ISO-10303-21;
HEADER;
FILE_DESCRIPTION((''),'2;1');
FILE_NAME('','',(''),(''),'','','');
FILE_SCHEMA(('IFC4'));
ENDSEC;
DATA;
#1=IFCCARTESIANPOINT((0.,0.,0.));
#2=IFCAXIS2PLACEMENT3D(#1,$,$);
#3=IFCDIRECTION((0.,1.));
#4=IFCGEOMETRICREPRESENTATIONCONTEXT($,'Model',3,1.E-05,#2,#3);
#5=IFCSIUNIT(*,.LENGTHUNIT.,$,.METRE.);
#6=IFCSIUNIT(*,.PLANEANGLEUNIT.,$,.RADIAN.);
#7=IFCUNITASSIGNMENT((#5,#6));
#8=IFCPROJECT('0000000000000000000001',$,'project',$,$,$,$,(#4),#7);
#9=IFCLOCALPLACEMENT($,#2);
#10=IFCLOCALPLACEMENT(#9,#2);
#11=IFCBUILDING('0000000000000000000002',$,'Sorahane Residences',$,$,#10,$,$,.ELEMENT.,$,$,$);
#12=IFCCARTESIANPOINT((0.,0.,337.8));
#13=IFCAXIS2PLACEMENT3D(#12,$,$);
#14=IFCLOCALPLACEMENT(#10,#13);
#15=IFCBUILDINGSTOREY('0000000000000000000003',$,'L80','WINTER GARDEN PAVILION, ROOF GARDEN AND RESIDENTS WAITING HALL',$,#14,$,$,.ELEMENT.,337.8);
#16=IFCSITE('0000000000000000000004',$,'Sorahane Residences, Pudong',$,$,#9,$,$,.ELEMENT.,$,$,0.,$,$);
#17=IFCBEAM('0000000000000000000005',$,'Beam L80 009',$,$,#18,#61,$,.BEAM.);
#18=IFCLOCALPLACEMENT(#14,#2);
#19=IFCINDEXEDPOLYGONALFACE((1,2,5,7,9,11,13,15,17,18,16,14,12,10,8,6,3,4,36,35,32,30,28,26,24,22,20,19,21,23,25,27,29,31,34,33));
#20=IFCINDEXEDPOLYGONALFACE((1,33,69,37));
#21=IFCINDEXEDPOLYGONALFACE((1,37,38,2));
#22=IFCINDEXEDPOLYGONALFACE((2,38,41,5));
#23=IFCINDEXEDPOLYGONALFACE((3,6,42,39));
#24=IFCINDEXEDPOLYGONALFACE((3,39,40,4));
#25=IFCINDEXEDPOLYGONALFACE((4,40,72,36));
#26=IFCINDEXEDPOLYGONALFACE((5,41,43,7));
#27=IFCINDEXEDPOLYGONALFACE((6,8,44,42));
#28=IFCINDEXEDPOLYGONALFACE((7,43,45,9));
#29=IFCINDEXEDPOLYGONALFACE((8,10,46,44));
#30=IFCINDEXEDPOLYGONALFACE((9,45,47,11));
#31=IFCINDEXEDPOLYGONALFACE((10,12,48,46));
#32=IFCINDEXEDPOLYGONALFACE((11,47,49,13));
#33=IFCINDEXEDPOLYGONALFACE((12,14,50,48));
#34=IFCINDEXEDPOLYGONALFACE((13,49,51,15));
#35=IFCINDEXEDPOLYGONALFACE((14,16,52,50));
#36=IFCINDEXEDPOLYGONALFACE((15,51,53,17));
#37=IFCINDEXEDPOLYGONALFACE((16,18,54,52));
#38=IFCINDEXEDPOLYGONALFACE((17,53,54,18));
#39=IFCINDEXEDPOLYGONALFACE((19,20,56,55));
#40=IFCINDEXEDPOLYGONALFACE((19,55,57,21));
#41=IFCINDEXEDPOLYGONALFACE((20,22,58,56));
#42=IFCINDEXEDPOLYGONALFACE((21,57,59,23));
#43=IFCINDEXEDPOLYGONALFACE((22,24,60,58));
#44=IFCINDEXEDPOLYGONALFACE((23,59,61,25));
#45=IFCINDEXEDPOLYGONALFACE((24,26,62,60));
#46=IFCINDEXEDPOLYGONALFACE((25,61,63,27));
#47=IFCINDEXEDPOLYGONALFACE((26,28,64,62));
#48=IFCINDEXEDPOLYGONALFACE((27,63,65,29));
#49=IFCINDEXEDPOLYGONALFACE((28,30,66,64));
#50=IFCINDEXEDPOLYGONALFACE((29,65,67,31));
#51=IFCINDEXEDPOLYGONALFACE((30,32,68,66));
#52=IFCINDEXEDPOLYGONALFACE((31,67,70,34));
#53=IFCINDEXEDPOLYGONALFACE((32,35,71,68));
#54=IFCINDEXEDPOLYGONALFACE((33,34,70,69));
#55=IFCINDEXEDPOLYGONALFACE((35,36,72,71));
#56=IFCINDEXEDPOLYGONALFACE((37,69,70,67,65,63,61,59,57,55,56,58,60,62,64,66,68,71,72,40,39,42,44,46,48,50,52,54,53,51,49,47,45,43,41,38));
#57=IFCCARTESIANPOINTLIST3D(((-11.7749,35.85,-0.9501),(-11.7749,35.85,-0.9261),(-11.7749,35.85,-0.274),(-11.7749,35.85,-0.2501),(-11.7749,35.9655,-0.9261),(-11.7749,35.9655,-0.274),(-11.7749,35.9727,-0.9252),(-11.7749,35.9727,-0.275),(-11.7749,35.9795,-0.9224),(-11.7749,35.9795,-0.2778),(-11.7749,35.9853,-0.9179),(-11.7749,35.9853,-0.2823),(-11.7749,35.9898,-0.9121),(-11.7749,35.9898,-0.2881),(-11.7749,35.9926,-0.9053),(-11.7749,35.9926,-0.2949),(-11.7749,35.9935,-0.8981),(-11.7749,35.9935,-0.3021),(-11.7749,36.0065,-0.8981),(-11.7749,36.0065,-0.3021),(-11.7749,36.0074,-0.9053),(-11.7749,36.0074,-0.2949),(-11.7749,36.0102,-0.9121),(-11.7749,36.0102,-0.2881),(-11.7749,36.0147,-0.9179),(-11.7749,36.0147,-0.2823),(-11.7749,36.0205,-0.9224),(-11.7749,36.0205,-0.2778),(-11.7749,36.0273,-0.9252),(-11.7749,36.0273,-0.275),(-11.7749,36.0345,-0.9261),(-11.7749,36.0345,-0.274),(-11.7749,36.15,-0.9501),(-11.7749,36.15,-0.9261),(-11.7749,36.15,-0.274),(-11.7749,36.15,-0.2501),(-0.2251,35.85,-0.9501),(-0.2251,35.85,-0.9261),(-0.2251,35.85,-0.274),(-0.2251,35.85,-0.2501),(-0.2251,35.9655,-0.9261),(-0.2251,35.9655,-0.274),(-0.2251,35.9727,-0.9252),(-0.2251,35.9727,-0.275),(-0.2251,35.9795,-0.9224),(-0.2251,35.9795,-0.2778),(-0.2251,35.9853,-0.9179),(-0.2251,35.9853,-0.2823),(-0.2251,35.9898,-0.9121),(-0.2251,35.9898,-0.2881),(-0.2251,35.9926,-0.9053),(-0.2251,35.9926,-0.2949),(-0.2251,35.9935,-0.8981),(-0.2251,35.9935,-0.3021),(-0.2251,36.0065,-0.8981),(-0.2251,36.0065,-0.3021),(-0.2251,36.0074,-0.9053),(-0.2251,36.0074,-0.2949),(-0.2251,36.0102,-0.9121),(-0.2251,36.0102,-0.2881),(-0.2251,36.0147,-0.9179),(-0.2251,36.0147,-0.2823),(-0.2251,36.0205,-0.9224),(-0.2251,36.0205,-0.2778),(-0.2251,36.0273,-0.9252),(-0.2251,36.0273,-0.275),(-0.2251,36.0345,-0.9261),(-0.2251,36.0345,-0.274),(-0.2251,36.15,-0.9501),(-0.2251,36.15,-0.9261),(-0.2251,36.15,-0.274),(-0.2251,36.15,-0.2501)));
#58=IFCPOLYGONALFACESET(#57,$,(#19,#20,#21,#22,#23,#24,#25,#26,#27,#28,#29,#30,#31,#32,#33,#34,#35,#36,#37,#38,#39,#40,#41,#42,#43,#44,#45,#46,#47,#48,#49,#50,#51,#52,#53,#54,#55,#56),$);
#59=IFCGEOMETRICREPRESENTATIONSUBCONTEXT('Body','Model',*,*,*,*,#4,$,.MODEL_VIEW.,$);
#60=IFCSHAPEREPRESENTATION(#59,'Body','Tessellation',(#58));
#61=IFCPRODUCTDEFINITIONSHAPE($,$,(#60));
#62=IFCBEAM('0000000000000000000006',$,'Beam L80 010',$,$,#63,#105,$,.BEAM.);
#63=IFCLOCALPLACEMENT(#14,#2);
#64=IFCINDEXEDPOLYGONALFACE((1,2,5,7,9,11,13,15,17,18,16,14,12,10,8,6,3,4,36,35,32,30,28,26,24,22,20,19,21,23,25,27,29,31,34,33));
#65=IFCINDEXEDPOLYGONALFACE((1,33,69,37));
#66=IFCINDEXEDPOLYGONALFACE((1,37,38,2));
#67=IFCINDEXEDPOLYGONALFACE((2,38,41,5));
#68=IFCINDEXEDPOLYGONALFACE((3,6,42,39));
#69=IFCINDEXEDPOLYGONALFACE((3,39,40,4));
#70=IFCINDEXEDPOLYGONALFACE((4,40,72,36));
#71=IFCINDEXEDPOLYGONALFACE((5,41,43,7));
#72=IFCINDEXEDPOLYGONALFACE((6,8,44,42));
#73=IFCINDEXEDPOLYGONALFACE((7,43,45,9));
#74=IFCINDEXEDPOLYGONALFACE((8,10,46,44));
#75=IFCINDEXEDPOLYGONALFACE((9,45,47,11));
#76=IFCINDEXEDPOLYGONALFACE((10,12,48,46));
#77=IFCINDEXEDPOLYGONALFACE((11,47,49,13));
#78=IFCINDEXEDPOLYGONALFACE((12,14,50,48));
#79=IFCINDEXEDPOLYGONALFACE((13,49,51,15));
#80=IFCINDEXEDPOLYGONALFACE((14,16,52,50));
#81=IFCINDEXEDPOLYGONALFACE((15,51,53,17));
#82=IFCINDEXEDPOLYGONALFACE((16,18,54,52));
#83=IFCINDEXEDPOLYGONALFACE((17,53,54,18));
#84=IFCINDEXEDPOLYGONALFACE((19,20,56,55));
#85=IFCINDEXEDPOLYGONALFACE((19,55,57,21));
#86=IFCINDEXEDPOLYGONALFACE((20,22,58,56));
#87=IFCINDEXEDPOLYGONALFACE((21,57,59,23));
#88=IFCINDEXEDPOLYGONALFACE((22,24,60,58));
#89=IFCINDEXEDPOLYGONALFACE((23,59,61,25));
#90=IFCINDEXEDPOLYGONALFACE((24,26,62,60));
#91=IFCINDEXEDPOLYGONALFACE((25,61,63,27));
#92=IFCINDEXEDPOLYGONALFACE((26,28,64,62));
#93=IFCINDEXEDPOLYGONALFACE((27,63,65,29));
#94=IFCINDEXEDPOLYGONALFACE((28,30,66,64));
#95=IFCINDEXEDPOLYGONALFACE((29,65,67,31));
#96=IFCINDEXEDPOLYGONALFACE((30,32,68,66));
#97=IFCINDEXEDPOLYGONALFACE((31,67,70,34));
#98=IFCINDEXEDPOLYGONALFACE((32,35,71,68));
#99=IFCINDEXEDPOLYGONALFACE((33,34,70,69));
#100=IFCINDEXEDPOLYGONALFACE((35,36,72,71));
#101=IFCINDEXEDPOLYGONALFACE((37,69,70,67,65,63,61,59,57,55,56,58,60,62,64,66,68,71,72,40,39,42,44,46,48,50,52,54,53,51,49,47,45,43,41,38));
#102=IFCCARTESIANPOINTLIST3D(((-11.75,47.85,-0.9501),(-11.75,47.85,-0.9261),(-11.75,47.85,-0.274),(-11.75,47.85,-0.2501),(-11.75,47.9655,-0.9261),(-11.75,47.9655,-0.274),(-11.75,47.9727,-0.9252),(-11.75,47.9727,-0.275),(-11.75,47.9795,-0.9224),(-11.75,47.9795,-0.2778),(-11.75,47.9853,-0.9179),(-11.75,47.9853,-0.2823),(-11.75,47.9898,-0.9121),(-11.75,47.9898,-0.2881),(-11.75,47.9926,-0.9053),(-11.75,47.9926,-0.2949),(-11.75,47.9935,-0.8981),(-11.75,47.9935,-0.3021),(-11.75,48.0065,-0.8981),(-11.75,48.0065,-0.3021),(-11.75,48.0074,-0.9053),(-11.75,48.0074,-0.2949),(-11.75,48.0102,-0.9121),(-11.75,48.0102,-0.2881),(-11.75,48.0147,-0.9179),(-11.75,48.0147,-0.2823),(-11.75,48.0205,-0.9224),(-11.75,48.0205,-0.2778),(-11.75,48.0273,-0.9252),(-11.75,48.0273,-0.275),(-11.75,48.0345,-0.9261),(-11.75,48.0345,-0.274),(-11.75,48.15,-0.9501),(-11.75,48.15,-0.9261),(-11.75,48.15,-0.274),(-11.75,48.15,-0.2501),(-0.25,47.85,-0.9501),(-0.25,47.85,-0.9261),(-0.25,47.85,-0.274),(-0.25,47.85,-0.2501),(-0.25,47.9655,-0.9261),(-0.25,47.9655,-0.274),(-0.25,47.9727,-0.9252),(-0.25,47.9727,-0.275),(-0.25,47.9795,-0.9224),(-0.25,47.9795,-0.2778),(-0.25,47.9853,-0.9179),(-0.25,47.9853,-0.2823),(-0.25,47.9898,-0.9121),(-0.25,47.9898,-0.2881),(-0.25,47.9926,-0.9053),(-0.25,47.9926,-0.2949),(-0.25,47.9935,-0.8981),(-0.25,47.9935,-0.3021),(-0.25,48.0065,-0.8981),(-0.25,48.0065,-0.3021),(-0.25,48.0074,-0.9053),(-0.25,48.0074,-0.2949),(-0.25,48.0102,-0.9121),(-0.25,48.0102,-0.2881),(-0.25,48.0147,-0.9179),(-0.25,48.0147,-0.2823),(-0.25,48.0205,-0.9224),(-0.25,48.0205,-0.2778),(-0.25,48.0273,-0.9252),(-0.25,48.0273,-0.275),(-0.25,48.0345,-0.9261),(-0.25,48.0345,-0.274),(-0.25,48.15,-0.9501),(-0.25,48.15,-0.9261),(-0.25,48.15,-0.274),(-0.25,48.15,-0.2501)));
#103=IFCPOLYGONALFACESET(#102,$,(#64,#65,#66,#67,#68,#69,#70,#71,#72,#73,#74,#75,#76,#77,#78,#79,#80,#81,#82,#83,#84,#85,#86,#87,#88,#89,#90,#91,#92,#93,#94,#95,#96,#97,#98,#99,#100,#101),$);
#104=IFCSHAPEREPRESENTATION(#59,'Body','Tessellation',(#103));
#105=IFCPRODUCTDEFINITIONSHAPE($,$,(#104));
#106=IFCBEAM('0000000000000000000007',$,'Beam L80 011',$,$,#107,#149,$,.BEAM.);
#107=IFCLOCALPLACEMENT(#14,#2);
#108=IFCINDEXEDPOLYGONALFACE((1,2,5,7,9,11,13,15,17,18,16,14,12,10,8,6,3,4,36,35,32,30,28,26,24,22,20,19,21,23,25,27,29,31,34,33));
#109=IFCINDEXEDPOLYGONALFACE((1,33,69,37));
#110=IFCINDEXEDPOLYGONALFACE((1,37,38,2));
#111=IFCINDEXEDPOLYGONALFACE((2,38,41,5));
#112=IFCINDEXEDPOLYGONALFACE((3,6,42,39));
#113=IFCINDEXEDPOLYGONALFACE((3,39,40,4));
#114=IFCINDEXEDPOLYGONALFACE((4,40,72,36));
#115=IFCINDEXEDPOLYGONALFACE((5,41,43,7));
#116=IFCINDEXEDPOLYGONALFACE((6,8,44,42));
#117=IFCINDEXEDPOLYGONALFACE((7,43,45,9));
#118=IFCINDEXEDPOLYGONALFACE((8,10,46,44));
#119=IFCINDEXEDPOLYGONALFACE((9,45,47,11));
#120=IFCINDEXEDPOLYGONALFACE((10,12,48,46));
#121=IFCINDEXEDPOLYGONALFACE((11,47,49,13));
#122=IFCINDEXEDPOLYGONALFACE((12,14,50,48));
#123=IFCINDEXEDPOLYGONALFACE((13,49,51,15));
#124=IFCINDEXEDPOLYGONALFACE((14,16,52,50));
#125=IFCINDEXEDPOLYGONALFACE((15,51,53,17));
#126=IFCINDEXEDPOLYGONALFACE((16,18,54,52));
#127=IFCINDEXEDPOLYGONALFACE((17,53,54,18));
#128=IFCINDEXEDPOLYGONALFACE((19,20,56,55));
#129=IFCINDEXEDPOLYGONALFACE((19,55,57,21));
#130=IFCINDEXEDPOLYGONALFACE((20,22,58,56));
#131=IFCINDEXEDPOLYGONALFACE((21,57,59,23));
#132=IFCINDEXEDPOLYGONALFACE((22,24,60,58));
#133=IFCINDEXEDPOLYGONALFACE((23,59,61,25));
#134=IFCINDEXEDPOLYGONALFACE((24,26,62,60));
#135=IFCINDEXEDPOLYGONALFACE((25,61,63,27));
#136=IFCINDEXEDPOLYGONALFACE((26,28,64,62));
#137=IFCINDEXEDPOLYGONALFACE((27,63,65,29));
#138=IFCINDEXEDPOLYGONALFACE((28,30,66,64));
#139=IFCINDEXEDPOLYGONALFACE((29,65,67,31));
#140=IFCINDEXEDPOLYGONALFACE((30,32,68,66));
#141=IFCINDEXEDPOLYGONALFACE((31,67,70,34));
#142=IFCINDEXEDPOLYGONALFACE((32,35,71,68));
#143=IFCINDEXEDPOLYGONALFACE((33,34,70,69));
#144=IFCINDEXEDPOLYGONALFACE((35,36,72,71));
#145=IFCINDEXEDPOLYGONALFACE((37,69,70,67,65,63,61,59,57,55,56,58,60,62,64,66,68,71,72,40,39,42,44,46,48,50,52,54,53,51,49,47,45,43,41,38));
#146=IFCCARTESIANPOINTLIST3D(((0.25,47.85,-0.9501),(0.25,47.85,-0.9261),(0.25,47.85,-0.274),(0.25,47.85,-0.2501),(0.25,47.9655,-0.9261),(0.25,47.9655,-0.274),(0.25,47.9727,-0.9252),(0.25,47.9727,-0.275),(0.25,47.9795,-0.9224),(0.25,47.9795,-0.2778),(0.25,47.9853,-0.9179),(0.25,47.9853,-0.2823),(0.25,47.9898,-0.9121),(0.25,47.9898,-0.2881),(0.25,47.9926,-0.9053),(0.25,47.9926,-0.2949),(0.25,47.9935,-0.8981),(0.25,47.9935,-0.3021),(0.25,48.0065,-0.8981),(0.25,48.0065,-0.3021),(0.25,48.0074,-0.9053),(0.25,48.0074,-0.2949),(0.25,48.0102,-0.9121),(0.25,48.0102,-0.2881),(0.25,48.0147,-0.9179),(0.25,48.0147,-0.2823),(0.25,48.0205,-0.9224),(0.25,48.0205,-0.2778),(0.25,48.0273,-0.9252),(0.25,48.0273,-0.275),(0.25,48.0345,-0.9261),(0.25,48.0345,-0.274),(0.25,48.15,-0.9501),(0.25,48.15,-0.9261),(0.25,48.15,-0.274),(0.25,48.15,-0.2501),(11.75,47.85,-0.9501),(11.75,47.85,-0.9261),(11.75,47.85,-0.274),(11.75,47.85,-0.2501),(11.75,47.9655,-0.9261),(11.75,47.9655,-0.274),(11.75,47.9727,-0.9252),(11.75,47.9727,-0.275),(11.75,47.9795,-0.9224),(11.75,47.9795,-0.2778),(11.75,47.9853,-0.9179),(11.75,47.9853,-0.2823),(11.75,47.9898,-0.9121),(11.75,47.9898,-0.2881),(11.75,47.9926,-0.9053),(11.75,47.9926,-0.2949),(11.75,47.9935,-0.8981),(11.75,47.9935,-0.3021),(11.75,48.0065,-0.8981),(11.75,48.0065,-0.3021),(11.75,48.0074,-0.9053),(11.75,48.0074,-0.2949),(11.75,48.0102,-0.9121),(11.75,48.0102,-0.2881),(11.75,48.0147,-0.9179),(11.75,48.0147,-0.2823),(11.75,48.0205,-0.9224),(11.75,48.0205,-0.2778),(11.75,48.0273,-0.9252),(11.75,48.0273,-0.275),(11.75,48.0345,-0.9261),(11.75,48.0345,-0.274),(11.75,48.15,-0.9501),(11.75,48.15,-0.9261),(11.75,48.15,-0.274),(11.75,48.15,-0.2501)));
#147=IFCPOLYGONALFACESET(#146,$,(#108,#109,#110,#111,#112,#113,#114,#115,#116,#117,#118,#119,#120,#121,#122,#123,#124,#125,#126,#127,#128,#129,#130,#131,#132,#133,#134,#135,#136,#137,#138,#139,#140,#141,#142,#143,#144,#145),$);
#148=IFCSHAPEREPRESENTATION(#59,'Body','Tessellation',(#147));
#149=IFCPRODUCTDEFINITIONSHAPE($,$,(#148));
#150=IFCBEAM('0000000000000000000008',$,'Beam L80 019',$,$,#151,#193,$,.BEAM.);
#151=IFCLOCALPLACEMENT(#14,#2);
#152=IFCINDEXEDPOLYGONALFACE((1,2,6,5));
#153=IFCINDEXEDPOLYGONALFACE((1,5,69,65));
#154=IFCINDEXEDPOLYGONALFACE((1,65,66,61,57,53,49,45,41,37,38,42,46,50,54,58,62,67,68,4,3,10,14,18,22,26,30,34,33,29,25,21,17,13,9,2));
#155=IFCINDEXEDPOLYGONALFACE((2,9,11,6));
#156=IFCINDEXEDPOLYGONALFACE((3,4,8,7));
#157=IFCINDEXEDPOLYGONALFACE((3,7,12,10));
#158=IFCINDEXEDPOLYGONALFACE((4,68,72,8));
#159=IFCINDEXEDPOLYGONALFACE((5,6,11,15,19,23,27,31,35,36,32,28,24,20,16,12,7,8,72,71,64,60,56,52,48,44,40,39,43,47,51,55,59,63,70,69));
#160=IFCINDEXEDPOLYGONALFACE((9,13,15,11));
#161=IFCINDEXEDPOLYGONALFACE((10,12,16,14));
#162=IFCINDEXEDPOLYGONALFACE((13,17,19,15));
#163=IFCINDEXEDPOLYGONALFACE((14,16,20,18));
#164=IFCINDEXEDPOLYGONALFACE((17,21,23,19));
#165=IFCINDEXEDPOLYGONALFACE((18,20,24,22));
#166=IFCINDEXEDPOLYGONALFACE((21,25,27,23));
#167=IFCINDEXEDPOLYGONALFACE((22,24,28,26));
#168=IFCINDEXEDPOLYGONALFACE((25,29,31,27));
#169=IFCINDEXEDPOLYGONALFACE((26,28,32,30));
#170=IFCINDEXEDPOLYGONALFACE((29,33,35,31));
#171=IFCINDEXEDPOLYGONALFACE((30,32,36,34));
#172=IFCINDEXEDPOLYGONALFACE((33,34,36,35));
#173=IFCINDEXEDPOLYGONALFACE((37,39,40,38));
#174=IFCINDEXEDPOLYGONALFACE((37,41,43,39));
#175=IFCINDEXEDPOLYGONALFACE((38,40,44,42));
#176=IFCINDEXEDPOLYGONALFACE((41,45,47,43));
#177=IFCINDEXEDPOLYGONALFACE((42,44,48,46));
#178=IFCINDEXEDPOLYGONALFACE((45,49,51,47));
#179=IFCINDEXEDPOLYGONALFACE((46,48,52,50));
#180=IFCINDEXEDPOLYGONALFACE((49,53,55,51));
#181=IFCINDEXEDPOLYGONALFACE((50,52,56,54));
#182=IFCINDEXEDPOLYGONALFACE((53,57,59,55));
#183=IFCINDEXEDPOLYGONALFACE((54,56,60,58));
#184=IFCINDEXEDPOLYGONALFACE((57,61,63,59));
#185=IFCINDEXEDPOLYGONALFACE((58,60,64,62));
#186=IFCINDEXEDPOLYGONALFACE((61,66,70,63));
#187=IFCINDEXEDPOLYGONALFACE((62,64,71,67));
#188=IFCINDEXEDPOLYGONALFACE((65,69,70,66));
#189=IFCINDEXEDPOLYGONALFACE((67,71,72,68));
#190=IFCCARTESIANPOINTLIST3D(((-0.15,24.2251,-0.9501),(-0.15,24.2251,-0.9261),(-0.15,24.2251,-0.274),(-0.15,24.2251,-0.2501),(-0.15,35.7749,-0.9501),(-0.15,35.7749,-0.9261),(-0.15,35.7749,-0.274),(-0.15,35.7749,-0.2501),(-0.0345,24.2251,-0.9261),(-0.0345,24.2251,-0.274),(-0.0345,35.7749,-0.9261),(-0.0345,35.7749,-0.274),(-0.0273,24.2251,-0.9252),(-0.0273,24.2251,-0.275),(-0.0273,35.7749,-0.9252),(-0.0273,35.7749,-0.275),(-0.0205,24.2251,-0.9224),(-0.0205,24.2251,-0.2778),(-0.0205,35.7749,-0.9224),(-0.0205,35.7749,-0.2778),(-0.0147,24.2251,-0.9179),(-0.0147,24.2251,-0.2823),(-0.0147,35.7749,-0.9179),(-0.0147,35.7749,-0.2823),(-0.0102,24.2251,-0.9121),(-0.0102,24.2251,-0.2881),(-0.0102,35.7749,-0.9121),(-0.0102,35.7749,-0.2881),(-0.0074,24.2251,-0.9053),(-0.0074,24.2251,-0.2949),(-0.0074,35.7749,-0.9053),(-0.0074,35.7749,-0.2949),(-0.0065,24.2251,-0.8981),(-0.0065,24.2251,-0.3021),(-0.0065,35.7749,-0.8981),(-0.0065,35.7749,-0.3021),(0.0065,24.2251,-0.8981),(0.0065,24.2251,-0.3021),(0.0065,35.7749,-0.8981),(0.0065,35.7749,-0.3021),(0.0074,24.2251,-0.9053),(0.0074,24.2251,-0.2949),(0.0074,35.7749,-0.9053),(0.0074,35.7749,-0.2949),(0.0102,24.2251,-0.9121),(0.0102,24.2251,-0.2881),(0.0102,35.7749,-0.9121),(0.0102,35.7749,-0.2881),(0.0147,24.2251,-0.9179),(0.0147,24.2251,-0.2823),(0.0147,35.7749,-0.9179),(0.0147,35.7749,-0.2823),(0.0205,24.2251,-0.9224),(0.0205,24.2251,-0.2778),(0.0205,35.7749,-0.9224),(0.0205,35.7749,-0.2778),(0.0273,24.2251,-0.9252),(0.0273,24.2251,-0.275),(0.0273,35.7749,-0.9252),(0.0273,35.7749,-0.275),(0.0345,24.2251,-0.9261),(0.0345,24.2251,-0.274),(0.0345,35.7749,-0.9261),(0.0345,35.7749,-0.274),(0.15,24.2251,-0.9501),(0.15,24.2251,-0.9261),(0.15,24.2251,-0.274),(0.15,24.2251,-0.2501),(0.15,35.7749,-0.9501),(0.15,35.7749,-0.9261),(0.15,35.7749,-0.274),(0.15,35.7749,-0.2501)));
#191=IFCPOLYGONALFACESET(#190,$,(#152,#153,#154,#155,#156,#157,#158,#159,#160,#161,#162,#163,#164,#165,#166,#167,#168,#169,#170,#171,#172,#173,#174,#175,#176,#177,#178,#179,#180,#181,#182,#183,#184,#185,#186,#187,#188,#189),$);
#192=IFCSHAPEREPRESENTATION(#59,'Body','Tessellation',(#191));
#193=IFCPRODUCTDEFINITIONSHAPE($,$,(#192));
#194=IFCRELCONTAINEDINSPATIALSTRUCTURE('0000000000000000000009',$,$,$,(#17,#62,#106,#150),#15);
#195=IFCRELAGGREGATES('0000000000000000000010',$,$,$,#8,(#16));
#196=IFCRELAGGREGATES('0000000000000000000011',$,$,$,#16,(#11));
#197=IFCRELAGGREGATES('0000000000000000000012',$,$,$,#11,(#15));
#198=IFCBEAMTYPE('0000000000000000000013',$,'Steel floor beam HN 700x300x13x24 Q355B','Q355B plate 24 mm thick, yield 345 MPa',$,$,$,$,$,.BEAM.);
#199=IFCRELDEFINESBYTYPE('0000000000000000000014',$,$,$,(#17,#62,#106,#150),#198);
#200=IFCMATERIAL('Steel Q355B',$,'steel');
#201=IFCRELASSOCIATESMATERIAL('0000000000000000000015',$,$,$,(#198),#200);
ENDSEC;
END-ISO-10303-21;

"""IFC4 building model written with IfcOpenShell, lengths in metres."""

from ifc_helpers import new_model, si_unit, direction, frame, origin, origin_2d, place, context, subcontext, project, spatial, i_section, extrude, material, material_profile, profile_set, type_object, element, save


model = new_model("IFC4")

# Units and contexts
model_context = context("Model", 3, precision=1e-05, world=origin(), true_north=direction((0.0, 1.0)))
body_context = subcontext(model_context, "Body", "Model", "MODEL_VIEW")
ifc_project = project(units=[si_unit("LENGTHUNIT", "METRE"), si_unit("PLANEANGLEUNIT", "RADIAN")], contexts=[model_context])

# Site, building, storey
site_placement = place(None, origin())
site = spatial("IfcSite", under=ifc_project, at=site_placement, Name="Sorahane Residences, Pudong", CompositionType="ELEMENT", RefElevation=0.0)
building_placement = place(site_placement, origin())
building = spatial("IfcBuilding", under=site, at=building_placement, Name="Sorahane Residences", CompositionType="ELEMENT")
storey_placement = place(building_placement, frame((0.0, 0.0, 337.8)))
storey = spatial("IfcBuildingStorey", under=building, at=storey_placement, Name="L80", Description="WINTER GARDEN PAVILION, ROOF GARDEN AND RESIDENTS WAITING HALL", CompositionType="ELEMENT", Elevation=337.8)

# Beams
ifc_material_1 = material(Name="Steel Q355B", Category="steel")
ifc_material_profile_1 = material_profile(ifc_material_1, i_section(OverallWidth=0.3, OverallDepth=0.7, WebThickness=0.0129, FlangeThickness=0.0239, FilletRadius=0.0281, at=origin_2d()), Name="HN 700x300x13x24")
ifc_profile_set_1 = profile_set([ifc_material_profile_1], Name="Steel Q355B")
beam_type_1 = type_object("IfcBeamType", Name="Steel floor beam HN 700x300x13x24 Q355B", Description="Q355B plate 24 mm thick, yield 345 MPa", PredefinedType="BEAM", material=ifc_profile_set_1)
beam_1_placement = place(storey_placement, frame((-11.7749, 36.0, -0.6001), z_axis=(1.0, 0.0, 0.0), x_axis=(0.0, 1.0, 0.0)))
element("IfcBeam", 1, at=beam_1_placement, inside=storey, type_object=beam_type_1, Name="Beam L80 009", PredefinedType="BEAM", context=body_context, shape_type="SweptSolid", body=[
    extrude(i_section(OverallWidth=0.3, OverallDepth=0.7, WebThickness=0.0129, FlangeThickness=0.0239, FilletRadius=0.0281, at=origin_2d()), origin(), (0.0, 0.0, 1.0), 11.5498),
])
for number, where, z_axis, x_axis, name in (
    (2, (-11.75, 48.0, -0.6001), (1.0, 0.0, 0.0), (0.0, 1.0, 0.0), "Beam L80 010"),
    (3, (0.25, 48.0, -0.6001), (1.0, 0.0, 0.0), (0.0, 1.0, 0.0), "Beam L80 011"),
):
    element("IfcBeam", number, at=place(storey_placement, frame(where, z_axis=z_axis, x_axis=x_axis)), inside=storey, type_object=beam_type_1, Name=name, PredefinedType="BEAM", context=body_context, shape_type="SweptSolid", body=[
        extrude(i_section(OverallWidth=0.3, OverallDepth=0.7, WebThickness=0.0129, FlangeThickness=0.0239, FilletRadius=0.0281, at=origin_2d()), origin(), (0.0, 0.0, 1.0), 11.5),
    ])
beam_2_placement = place(storey_placement, frame((0.0, 24.2251, -0.6001), z_axis=(0.0, 1.0, 0.0), x_axis=(-1.0, 0.0, 0.0)))
element("IfcBeam", 4, at=beam_2_placement, inside=storey, type_object=beam_type_1, Name="Beam L80 019", PredefinedType="BEAM", context=body_context, shape_type="SweptSolid", body=[
    extrude(i_section(OverallWidth=0.3, OverallDepth=0.7, WebThickness=0.0129, FlangeThickness=0.0239, FilletRadius=0.0281, at=origin_2d()), origin(), (0.0, 0.0, 1.0), 11.5498),
])

save(model, "model.ifc")
